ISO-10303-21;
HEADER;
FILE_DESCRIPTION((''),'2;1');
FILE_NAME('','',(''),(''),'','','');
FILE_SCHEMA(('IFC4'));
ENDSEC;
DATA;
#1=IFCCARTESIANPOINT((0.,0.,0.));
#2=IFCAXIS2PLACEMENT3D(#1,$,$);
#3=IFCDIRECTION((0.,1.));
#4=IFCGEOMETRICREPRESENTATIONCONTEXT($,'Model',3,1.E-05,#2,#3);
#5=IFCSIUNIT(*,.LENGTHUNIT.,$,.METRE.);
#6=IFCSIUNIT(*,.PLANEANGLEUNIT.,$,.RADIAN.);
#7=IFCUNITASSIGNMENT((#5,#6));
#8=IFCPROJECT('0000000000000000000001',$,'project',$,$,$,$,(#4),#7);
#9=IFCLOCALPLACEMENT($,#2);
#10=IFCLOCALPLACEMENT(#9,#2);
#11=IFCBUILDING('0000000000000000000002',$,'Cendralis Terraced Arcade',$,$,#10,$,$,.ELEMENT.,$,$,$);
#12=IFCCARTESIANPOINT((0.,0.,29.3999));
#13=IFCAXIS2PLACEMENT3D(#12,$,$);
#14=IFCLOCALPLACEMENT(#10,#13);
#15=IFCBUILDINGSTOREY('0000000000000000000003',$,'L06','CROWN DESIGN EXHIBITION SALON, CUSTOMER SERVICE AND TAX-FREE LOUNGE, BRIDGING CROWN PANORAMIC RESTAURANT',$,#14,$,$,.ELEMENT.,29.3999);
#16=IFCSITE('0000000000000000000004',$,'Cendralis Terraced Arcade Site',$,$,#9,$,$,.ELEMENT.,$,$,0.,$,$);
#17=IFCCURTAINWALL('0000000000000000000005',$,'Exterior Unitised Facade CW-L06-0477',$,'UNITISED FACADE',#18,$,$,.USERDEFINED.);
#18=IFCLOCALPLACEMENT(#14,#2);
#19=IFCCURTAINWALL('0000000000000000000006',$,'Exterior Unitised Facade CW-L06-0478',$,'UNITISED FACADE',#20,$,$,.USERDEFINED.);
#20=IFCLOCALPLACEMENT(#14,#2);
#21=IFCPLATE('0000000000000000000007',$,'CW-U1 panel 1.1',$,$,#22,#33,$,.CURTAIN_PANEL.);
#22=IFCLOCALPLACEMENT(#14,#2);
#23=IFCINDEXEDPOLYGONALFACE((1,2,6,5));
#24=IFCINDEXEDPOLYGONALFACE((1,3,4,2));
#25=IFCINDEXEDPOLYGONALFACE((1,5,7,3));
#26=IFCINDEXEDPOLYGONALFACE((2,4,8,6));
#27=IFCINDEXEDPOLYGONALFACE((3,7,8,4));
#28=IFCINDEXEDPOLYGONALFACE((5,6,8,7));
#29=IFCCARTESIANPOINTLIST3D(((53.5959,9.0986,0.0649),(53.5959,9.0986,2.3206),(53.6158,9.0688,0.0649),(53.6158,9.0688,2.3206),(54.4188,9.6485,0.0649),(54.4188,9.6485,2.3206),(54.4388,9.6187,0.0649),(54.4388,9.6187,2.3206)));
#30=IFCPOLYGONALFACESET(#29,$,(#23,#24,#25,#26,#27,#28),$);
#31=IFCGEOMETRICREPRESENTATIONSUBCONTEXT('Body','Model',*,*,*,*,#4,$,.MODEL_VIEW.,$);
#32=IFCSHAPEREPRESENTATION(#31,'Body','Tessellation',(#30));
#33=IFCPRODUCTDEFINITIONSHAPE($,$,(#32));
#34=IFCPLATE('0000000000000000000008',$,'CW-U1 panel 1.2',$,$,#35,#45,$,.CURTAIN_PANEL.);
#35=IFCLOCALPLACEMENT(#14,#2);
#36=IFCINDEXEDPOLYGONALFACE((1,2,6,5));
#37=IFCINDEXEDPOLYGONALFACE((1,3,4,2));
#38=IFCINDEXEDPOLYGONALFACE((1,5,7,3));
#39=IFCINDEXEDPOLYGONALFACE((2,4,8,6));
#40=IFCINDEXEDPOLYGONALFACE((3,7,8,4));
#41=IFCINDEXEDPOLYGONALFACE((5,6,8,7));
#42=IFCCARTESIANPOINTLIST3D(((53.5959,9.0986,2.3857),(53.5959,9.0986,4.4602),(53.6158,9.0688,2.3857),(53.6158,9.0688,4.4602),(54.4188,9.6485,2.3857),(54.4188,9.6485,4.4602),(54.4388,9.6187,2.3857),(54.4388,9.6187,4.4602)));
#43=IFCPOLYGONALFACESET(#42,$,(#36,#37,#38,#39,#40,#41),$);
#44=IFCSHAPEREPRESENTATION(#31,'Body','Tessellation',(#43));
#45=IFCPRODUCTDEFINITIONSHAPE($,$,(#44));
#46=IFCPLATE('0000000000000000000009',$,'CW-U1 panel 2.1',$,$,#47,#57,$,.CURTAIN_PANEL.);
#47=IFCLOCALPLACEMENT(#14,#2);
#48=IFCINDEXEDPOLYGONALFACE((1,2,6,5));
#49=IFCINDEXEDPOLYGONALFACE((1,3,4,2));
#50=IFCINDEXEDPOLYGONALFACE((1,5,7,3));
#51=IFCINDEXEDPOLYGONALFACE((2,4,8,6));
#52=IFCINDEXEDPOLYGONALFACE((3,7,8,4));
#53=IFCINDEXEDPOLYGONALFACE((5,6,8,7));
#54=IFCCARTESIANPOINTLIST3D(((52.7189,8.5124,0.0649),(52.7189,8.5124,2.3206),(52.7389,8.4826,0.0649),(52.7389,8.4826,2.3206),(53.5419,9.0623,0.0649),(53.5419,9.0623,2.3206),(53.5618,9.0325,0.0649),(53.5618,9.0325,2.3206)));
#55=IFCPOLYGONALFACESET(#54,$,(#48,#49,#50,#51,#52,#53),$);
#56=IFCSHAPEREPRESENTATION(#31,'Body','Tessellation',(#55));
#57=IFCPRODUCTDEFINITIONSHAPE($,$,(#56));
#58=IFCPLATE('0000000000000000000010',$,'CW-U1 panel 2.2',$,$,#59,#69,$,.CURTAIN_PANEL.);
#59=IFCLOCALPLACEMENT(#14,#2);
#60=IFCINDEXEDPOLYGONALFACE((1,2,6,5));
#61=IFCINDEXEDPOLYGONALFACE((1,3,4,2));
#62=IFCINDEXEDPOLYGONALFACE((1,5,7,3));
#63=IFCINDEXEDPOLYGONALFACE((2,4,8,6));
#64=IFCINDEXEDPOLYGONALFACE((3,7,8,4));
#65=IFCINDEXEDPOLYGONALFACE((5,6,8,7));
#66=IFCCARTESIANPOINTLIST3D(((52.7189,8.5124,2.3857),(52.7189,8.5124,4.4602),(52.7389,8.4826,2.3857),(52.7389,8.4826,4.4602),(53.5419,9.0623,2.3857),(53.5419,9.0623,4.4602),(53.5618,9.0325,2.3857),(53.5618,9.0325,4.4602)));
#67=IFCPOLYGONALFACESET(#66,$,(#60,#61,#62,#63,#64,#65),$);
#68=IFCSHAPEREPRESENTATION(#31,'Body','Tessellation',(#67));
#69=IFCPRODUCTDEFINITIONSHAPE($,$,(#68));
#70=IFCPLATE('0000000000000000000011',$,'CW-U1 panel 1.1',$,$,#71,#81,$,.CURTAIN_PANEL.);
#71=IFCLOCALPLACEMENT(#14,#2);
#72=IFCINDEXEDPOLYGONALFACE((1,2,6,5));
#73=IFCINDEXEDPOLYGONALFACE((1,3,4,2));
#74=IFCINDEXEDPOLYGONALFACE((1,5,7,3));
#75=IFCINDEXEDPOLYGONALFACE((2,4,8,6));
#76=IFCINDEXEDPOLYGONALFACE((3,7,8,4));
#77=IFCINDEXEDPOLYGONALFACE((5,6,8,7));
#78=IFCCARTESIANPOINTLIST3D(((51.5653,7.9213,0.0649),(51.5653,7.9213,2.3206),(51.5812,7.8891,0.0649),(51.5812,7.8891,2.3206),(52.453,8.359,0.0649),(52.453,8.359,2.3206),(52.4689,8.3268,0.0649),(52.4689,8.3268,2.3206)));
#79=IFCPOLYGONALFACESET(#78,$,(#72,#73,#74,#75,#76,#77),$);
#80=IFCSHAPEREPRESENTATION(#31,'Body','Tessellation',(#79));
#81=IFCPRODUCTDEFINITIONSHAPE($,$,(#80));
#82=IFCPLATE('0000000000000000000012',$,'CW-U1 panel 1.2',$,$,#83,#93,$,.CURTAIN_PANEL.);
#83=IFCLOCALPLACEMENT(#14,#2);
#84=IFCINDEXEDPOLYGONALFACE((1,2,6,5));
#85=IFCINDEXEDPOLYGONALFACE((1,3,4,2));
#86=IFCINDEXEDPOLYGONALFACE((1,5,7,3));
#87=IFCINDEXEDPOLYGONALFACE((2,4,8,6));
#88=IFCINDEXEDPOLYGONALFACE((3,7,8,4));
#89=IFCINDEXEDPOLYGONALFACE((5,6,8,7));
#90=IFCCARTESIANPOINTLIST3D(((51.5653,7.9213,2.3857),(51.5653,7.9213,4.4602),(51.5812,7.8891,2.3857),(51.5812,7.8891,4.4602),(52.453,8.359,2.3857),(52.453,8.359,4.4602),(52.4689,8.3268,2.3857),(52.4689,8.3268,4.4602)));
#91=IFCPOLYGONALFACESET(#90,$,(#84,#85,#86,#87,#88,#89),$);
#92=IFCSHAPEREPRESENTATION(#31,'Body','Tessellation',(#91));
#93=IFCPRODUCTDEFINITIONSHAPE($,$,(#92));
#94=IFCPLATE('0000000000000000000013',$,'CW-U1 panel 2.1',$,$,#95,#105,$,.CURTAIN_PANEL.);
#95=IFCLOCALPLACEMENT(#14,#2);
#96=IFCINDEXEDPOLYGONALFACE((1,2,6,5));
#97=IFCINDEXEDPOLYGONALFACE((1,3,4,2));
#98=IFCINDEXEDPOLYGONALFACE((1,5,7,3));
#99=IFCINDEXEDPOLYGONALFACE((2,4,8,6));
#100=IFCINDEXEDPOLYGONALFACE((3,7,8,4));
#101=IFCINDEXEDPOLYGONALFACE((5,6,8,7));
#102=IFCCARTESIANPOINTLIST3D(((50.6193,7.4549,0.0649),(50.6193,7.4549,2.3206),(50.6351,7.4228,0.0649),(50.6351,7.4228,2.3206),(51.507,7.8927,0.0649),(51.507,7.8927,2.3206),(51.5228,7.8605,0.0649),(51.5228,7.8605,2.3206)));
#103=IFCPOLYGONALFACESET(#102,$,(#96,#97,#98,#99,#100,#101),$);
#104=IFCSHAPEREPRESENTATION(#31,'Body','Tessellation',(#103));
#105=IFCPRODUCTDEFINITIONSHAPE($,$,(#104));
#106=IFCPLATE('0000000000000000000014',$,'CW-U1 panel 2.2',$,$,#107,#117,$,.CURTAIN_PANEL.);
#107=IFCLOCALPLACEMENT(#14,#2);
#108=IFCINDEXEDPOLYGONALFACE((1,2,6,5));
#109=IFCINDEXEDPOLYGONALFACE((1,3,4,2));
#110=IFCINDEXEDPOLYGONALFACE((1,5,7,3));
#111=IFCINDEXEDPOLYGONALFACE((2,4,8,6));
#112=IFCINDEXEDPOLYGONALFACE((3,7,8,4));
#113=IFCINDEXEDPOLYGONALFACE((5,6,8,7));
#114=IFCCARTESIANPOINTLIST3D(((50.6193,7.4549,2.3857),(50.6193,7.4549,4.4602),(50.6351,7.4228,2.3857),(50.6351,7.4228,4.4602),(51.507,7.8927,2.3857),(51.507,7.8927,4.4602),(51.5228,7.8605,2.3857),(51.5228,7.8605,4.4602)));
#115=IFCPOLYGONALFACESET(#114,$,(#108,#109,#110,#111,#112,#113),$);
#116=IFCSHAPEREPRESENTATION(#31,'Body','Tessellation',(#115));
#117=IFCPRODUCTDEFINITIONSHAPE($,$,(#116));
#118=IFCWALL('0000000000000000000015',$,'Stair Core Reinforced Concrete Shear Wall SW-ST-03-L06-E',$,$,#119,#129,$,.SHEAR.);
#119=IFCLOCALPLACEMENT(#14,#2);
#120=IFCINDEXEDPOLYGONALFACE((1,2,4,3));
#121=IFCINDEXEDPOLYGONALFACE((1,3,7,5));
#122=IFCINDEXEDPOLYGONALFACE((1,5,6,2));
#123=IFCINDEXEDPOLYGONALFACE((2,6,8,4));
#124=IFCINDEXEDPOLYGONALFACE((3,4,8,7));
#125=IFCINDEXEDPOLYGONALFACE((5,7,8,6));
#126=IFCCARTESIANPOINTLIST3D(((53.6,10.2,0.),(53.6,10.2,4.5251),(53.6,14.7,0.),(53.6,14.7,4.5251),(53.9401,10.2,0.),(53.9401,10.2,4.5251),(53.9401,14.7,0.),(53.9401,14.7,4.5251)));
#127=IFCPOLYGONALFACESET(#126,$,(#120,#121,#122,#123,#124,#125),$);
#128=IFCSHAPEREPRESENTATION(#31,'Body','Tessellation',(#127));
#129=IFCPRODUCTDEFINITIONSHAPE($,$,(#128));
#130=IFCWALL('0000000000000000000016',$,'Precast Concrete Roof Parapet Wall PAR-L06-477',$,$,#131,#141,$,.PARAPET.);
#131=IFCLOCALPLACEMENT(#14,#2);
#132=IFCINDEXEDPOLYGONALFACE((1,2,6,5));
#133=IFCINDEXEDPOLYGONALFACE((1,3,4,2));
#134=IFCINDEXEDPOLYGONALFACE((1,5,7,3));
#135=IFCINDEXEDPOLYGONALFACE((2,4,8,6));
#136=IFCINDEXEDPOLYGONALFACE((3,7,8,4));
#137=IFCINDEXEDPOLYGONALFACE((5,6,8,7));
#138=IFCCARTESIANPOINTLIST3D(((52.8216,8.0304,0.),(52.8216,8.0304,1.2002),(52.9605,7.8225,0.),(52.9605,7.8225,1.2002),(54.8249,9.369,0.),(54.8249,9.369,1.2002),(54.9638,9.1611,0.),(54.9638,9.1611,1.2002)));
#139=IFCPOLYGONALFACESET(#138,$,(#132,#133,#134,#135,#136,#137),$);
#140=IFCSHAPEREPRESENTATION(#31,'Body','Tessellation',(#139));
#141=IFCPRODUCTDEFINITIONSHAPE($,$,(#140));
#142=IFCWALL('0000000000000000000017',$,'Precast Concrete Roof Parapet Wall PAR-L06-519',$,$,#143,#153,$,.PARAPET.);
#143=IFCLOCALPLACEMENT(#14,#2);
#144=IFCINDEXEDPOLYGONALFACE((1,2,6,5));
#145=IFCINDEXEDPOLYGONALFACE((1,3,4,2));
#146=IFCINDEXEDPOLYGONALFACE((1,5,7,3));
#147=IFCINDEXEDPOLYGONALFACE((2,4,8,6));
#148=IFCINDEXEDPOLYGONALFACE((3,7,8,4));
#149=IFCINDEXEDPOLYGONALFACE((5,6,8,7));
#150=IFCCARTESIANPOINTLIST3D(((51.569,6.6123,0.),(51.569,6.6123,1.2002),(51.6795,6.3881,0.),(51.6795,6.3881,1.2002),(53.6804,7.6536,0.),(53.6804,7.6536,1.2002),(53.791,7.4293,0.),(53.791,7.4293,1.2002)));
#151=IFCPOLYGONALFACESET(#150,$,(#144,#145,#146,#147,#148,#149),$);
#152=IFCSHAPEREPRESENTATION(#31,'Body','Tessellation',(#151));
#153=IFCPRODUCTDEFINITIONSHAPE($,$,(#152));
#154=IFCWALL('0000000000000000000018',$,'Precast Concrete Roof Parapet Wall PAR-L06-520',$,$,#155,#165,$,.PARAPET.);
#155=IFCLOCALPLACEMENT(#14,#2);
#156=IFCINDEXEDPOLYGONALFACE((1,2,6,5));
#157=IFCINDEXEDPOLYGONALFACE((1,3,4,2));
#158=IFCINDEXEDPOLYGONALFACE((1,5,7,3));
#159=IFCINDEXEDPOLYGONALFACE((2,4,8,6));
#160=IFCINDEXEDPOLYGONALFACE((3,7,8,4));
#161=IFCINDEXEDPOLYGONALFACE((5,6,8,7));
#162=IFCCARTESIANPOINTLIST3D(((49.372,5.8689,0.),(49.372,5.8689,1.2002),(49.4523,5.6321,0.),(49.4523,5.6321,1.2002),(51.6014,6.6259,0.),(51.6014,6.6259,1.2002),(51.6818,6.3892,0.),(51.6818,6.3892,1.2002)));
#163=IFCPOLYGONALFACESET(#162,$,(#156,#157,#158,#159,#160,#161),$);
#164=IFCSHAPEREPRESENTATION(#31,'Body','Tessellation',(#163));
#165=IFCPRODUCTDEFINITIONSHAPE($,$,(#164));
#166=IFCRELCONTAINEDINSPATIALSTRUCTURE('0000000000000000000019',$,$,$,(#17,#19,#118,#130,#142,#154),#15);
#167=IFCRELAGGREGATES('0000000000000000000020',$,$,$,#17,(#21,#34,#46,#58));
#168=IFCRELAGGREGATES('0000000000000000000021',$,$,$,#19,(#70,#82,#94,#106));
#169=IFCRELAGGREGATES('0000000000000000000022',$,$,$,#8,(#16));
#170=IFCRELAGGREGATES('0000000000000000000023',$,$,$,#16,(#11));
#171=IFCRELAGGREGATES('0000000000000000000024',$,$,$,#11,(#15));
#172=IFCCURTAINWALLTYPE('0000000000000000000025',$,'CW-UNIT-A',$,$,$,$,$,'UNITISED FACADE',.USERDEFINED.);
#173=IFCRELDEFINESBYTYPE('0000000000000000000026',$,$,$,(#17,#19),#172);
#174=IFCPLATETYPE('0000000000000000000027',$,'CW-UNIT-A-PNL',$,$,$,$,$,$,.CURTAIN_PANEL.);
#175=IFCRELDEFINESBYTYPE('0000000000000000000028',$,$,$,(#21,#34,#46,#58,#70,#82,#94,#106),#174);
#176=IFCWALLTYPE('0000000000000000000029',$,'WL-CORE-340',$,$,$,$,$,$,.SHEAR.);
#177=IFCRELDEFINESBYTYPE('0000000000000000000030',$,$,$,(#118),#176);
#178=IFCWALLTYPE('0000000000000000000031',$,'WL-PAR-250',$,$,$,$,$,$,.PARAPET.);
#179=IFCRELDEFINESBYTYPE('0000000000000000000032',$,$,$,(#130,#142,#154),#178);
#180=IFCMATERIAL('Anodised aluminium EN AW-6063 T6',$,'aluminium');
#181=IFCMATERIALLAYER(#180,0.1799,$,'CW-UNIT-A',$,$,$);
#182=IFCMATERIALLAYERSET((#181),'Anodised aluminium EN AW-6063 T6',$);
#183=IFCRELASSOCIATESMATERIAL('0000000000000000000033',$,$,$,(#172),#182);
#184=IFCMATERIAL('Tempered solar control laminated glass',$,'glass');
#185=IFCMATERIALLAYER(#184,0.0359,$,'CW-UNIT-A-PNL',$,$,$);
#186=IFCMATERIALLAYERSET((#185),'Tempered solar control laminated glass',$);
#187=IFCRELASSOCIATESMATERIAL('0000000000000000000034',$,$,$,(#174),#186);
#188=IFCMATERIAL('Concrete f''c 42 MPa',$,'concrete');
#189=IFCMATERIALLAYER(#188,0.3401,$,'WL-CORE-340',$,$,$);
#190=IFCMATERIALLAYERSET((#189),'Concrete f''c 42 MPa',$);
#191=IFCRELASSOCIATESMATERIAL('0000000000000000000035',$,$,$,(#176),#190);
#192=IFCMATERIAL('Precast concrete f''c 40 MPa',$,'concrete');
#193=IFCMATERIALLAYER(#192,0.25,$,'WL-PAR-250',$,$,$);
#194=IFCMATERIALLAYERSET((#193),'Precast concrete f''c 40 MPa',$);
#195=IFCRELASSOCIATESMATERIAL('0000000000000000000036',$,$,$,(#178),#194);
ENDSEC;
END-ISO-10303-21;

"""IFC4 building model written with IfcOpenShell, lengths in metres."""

from ifc_helpers import new_model, si_unit, direction, frame, frame_2d, origin, origin_2d, place, context, subcontext, project, spatial, rectangle, extrude, material, layer, layer_set, type_object, element, aggregate, save


model = new_model("IFC4")

# Units and contexts
model_context = context("Model", 3, precision=1e-05, world=origin(), true_north=direction((0.0, 1.0)))
body_context = subcontext(model_context, "Body", "Model", "MODEL_VIEW")
ifc_project = project(units=[si_unit("LENGTHUNIT", "METRE"), si_unit("PLANEANGLEUNIT", "RADIAN")], contexts=[model_context])

# Site, building, storey
site_placement = place(None, origin())
site = spatial("IfcSite", under=ifc_project, at=site_placement, Name="Cendralis Terraced Arcade Site", CompositionType="ELEMENT", RefElevation=0.0)
building_placement = place(site_placement, origin())
building = spatial("IfcBuilding", under=site, at=building_placement, Name="Cendralis Terraced Arcade", CompositionType="ELEMENT")
storey_placement = place(building_placement, frame((0.0, 0.0, 29.3999)))
storey = spatial("IfcBuildingStorey", under=building, at=storey_placement, Name="L06", Description="CROWN DESIGN EXHIBITION SALON, CUSTOMER SERVICE AND TAX-FREE LOUNGE, BRIDGING CROWN PANORAMIC RESTAURANT", CompositionType="ELEMENT", Elevation=29.3999)

# Curtain walls
ifc_material_1 = material(Name="Anodised aluminium EN AW-6063 T6", Category="aluminium")
ifc_layer_1 = layer(ifc_material_1, 0.1799, Name="CW-UNIT-A")
ifc_layer_set_1 = layer_set([ifc_layer_1], Name="Anodised aluminium EN AW-6063 T6")
curtain_wall_type = type_object("IfcCurtainWallType", Name="CW-UNIT-A", ElementType="UNITISED FACADE", PredefinedType="USERDEFINED", material=ifc_layer_set_1)
curtain_wall_1_placement = place(storey_placement, origin())
curtain_wall_1 = element("IfcCurtainWall", 1, at=curtain_wall_1_placement, inside=storey, type_object=curtain_wall_type, Name="Exterior Unitised Facade CW-L06-0477", ObjectType="UNITISED FACADE", PredefinedType="USERDEFINED")
curtain_wall_2_placement = place(storey_placement, origin())
curtain_wall_2 = element("IfcCurtainWall", 2, at=curtain_wall_2_placement, inside=storey, type_object=curtain_wall_type, Name="Exterior Unitised Facade CW-L06-0478", ObjectType="UNITISED FACADE", PredefinedType="USERDEFINED")

# Plates
ifc_material_2 = material(Name="Tempered solar control laminated glass", Category="glass")
ifc_layer_2 = layer(ifc_material_2, 0.0359, Name="CW-UNIT-A-PNL")
ifc_layer_set_2 = layer_set([ifc_layer_2], Name="Tempered solar control laminated glass")
plate_type = type_object("IfcPlateType", Name="CW-UNIT-A-PNL", PredefinedType="CURTAIN_PANEL", material=ifc_layer_set_2)
plate_1_placement = place(storey_placement, frame((54.0173, 9.3586, 0.0649), z_axis=(0.0, 0.0, 1.0), x_axis=(-0.831477, -0.555559, 0.0)))
plate_1 = element("IfcPlate", 3, at=plate_1_placement, type_object=plate_type, Name="CW-U1 panel 1.1", PredefinedType="CURTAIN_PANEL", context=body_context, shape_type="SweptSolid", body=[
    extrude(rectangle(XDim=0.9897, YDim=0.0359, at=origin_2d()), origin(), (0.0, 0.0, 1.0), 2.2556),
])
plate_2_placement = place(storey_placement, frame((54.0173, 9.3586, 2.3857), z_axis=(0.0, 0.0, 1.0), x_axis=(-0.831477, -0.555559, 0.0)))
plate_2 = element("IfcPlate", 4, at=plate_2_placement, type_object=plate_type, Name="CW-U1 panel 1.2", PredefinedType="CURTAIN_PANEL", context=body_context, shape_type="SweptSolid", body=[
    extrude(rectangle(XDim=0.9897, YDim=0.0359, at=origin_2d()), origin(), (0.0, 0.0, 1.0), 2.0745),
])
plate_3_placement = place(storey_placement, frame((53.1404, 8.7725, 0.0649), z_axis=(0.0, 0.0, 1.0), x_axis=(-0.831477, -0.555559, 0.0)))
plate_3 = element("IfcPlate", 5, at=plate_3_placement, type_object=plate_type, Name="CW-U1 panel 2.1", PredefinedType="CURTAIN_PANEL", context=body_context, shape_type="SweptSolid", body=[
    extrude(rectangle(XDim=0.9897, YDim=0.0359, at=origin_2d()), origin(), (0.0, 0.0, 1.0), 2.2556),
])
plate_4_placement = place(storey_placement, frame((53.1404, 8.7725, 2.3857), z_axis=(0.0, 0.0, 1.0), x_axis=(-0.831477, -0.555559, 0.0)))
plate_4 = element("IfcPlate", 6, at=plate_4_placement, type_object=plate_type, Name="CW-U1 panel 2.2", PredefinedType="CURTAIN_PANEL", context=body_context, shape_type="SweptSolid", body=[
    extrude(rectangle(XDim=0.9897, YDim=0.0359, at=origin_2d()), origin(), (0.0, 0.0, 1.0), 2.0745),
])
aggregate(curtain_wall_1, [plate_1, plate_2, plate_3, plate_4])
plate_5_placement = place(storey_placement, frame((52.0171, 8.124, 0.0649), z_axis=(0.0, 0.0, 1.0), x_axis=(-0.896888, -0.442259, 0.0)))
plate_5 = element("IfcPlate", 7, at=plate_5_placement, type_object=plate_type, Name="CW-U1 panel 1.1", PredefinedType="CURTAIN_PANEL", context=body_context, shape_type="SweptSolid", body=[
    extrude(rectangle(XDim=0.9897, YDim=0.0359, at=origin_2d()), origin(), (0.0, 0.0, 1.0), 2.2556),
])
plate_6_placement = place(storey_placement, frame((52.0171, 8.124, 2.3857), z_axis=(0.0, 0.0, 1.0), x_axis=(-0.896888, -0.442259, 0.0)))
plate_6 = element("IfcPlate", 8, at=plate_6_placement, type_object=plate_type, Name="CW-U1 panel 1.2", PredefinedType="CURTAIN_PANEL", context=body_context, shape_type="SweptSolid", body=[
    extrude(rectangle(XDim=0.9897, YDim=0.0359, at=origin_2d()), origin(), (0.0, 0.0, 1.0), 2.0745),
])
plate_7_placement = place(storey_placement, frame((51.071, 7.6577, 0.0649), z_axis=(0.0, 0.0, 1.0), x_axis=(-0.896888, -0.442259, 0.0)))
plate_7 = element("IfcPlate", 9, at=plate_7_placement, type_object=plate_type, Name="CW-U1 panel 2.1", PredefinedType="CURTAIN_PANEL", context=body_context, shape_type="SweptSolid", body=[
    extrude(rectangle(XDim=0.9897, YDim=0.0359, at=origin_2d()), origin(), (0.0, 0.0, 1.0), 2.2556),
])
plate_8_placement = place(storey_placement, frame((51.071, 7.6577, 2.3857), z_axis=(0.0, 0.0, 1.0), x_axis=(-0.896888, -0.442259, 0.0)))
plate_8 = element("IfcPlate", 10, at=plate_8_placement, type_object=plate_type, Name="CW-U1 panel 2.2", PredefinedType="CURTAIN_PANEL", context=body_context, shape_type="SweptSolid", body=[
    extrude(rectangle(XDim=0.9897, YDim=0.0359, at=origin_2d()), origin(), (0.0, 0.0, 1.0), 2.0745),
])
aggregate(curtain_wall_2, [plate_5, plate_6, plate_7, plate_8])

# Walls
ifc_material_3 = material(Name="Concrete f'c 42 MPa", Category="concrete")
ifc_layer_3 = layer(ifc_material_3, 0.3401, Name="WL-CORE-340")
ifc_layer_set_3 = layer_set([ifc_layer_3], Name="Concrete f'c 42 MPa")
wall_type_1 = type_object("IfcWallType", Name="WL-CORE-340", PredefinedType="SHEAR", material=ifc_layer_set_3)
wall_1_placement = place(storey_placement, frame((53.77, 10.2, 0.0), z_axis=(0.0, 0.0, 1.0), x_axis=(0.0, 1.0, 0.0)))
element("IfcWall", 11, at=wall_1_placement, inside=storey, type_object=wall_type_1, Name="Stair Core Reinforced Concrete Shear Wall SW-ST-03-L06-E", PredefinedType="SHEAR", context=body_context, shape_type="SweptSolid", body=[
    extrude(rectangle(XDim=4.5, YDim=0.3401, at=frame_2d((2.25, 0.0))), origin(), (0.0, 0.0, 1.0), 4.5251),
])
ifc_material_4 = material(Name="Precast concrete f'c 40 MPa", Category="concrete")
ifc_layer_4 = layer(ifc_material_4, 0.25, Name="WL-PAR-250")
ifc_layer_set_4 = layer_set([ifc_layer_4], Name="Precast concrete f'c 40 MPa")
wall_type_2 = type_object("IfcWallType", Name="WL-PAR-250", PredefinedType="PARAPET", material=ifc_layer_set_4)
wall_2_placement = place(storey_placement, frame((52.8911, 7.9265, 0.0), z_axis=(0.0, 0.0, 1.0), x_axis=(0.831473, 0.555565, 0.0)))
element("IfcWall", 12, at=wall_2_placement, inside=storey, type_object=wall_type_2, Name="Precast Concrete Roof Parapet Wall PAR-L06-477", PredefinedType="PARAPET", context=body_context, shape_type="SweptSolid", body=[
    extrude(rectangle(XDim=2.4094, YDim=0.25, at=frame_2d((1.2046, 0.0))), origin(), (0.0, 0.0, 1.0), 1.2002),
])
wall_3_placement = place(storey_placement, frame((53.7358, 7.5415, 0.0), z_axis=(0.0, 0.0, 1.0), x_axis=(-0.896882, -0.442271, 0.0)))
element("IfcWall", 13, at=wall_3_placement, inside=storey, type_object=wall_type_2, Name="Precast Concrete Roof Parapet Wall PAR-L06-519", PredefinedType="PARAPET", context=body_context, shape_type="SweptSolid", body=[
    extrude(rectangle(XDim=2.3542, YDim=0.25, at=frame_2d((1.1772, 0.0))), origin(), (0.0, 0.0, 1.0), 1.2002),
])
wall_4_placement = place(storey_placement, frame((51.6416, 6.5076, 0.0), z_axis=(0.0, 0.0, 1.0), x_axis=(-0.946895, -0.321542, 0.0)))
element("IfcWall", 14, at=wall_4_placement, inside=storey, type_object=wall_type_2, Name="Precast Concrete Roof Parapet Wall PAR-L06-520", PredefinedType="PARAPET", context=body_context, shape_type="SweptSolid", body=[
    extrude(rectangle(XDim=2.3545, YDim=0.25, at=frame_2d((1.1772, 0.0))), origin(), (0.0, 0.0, 1.0), 1.2002),
])

save(model, "model.ifc")
